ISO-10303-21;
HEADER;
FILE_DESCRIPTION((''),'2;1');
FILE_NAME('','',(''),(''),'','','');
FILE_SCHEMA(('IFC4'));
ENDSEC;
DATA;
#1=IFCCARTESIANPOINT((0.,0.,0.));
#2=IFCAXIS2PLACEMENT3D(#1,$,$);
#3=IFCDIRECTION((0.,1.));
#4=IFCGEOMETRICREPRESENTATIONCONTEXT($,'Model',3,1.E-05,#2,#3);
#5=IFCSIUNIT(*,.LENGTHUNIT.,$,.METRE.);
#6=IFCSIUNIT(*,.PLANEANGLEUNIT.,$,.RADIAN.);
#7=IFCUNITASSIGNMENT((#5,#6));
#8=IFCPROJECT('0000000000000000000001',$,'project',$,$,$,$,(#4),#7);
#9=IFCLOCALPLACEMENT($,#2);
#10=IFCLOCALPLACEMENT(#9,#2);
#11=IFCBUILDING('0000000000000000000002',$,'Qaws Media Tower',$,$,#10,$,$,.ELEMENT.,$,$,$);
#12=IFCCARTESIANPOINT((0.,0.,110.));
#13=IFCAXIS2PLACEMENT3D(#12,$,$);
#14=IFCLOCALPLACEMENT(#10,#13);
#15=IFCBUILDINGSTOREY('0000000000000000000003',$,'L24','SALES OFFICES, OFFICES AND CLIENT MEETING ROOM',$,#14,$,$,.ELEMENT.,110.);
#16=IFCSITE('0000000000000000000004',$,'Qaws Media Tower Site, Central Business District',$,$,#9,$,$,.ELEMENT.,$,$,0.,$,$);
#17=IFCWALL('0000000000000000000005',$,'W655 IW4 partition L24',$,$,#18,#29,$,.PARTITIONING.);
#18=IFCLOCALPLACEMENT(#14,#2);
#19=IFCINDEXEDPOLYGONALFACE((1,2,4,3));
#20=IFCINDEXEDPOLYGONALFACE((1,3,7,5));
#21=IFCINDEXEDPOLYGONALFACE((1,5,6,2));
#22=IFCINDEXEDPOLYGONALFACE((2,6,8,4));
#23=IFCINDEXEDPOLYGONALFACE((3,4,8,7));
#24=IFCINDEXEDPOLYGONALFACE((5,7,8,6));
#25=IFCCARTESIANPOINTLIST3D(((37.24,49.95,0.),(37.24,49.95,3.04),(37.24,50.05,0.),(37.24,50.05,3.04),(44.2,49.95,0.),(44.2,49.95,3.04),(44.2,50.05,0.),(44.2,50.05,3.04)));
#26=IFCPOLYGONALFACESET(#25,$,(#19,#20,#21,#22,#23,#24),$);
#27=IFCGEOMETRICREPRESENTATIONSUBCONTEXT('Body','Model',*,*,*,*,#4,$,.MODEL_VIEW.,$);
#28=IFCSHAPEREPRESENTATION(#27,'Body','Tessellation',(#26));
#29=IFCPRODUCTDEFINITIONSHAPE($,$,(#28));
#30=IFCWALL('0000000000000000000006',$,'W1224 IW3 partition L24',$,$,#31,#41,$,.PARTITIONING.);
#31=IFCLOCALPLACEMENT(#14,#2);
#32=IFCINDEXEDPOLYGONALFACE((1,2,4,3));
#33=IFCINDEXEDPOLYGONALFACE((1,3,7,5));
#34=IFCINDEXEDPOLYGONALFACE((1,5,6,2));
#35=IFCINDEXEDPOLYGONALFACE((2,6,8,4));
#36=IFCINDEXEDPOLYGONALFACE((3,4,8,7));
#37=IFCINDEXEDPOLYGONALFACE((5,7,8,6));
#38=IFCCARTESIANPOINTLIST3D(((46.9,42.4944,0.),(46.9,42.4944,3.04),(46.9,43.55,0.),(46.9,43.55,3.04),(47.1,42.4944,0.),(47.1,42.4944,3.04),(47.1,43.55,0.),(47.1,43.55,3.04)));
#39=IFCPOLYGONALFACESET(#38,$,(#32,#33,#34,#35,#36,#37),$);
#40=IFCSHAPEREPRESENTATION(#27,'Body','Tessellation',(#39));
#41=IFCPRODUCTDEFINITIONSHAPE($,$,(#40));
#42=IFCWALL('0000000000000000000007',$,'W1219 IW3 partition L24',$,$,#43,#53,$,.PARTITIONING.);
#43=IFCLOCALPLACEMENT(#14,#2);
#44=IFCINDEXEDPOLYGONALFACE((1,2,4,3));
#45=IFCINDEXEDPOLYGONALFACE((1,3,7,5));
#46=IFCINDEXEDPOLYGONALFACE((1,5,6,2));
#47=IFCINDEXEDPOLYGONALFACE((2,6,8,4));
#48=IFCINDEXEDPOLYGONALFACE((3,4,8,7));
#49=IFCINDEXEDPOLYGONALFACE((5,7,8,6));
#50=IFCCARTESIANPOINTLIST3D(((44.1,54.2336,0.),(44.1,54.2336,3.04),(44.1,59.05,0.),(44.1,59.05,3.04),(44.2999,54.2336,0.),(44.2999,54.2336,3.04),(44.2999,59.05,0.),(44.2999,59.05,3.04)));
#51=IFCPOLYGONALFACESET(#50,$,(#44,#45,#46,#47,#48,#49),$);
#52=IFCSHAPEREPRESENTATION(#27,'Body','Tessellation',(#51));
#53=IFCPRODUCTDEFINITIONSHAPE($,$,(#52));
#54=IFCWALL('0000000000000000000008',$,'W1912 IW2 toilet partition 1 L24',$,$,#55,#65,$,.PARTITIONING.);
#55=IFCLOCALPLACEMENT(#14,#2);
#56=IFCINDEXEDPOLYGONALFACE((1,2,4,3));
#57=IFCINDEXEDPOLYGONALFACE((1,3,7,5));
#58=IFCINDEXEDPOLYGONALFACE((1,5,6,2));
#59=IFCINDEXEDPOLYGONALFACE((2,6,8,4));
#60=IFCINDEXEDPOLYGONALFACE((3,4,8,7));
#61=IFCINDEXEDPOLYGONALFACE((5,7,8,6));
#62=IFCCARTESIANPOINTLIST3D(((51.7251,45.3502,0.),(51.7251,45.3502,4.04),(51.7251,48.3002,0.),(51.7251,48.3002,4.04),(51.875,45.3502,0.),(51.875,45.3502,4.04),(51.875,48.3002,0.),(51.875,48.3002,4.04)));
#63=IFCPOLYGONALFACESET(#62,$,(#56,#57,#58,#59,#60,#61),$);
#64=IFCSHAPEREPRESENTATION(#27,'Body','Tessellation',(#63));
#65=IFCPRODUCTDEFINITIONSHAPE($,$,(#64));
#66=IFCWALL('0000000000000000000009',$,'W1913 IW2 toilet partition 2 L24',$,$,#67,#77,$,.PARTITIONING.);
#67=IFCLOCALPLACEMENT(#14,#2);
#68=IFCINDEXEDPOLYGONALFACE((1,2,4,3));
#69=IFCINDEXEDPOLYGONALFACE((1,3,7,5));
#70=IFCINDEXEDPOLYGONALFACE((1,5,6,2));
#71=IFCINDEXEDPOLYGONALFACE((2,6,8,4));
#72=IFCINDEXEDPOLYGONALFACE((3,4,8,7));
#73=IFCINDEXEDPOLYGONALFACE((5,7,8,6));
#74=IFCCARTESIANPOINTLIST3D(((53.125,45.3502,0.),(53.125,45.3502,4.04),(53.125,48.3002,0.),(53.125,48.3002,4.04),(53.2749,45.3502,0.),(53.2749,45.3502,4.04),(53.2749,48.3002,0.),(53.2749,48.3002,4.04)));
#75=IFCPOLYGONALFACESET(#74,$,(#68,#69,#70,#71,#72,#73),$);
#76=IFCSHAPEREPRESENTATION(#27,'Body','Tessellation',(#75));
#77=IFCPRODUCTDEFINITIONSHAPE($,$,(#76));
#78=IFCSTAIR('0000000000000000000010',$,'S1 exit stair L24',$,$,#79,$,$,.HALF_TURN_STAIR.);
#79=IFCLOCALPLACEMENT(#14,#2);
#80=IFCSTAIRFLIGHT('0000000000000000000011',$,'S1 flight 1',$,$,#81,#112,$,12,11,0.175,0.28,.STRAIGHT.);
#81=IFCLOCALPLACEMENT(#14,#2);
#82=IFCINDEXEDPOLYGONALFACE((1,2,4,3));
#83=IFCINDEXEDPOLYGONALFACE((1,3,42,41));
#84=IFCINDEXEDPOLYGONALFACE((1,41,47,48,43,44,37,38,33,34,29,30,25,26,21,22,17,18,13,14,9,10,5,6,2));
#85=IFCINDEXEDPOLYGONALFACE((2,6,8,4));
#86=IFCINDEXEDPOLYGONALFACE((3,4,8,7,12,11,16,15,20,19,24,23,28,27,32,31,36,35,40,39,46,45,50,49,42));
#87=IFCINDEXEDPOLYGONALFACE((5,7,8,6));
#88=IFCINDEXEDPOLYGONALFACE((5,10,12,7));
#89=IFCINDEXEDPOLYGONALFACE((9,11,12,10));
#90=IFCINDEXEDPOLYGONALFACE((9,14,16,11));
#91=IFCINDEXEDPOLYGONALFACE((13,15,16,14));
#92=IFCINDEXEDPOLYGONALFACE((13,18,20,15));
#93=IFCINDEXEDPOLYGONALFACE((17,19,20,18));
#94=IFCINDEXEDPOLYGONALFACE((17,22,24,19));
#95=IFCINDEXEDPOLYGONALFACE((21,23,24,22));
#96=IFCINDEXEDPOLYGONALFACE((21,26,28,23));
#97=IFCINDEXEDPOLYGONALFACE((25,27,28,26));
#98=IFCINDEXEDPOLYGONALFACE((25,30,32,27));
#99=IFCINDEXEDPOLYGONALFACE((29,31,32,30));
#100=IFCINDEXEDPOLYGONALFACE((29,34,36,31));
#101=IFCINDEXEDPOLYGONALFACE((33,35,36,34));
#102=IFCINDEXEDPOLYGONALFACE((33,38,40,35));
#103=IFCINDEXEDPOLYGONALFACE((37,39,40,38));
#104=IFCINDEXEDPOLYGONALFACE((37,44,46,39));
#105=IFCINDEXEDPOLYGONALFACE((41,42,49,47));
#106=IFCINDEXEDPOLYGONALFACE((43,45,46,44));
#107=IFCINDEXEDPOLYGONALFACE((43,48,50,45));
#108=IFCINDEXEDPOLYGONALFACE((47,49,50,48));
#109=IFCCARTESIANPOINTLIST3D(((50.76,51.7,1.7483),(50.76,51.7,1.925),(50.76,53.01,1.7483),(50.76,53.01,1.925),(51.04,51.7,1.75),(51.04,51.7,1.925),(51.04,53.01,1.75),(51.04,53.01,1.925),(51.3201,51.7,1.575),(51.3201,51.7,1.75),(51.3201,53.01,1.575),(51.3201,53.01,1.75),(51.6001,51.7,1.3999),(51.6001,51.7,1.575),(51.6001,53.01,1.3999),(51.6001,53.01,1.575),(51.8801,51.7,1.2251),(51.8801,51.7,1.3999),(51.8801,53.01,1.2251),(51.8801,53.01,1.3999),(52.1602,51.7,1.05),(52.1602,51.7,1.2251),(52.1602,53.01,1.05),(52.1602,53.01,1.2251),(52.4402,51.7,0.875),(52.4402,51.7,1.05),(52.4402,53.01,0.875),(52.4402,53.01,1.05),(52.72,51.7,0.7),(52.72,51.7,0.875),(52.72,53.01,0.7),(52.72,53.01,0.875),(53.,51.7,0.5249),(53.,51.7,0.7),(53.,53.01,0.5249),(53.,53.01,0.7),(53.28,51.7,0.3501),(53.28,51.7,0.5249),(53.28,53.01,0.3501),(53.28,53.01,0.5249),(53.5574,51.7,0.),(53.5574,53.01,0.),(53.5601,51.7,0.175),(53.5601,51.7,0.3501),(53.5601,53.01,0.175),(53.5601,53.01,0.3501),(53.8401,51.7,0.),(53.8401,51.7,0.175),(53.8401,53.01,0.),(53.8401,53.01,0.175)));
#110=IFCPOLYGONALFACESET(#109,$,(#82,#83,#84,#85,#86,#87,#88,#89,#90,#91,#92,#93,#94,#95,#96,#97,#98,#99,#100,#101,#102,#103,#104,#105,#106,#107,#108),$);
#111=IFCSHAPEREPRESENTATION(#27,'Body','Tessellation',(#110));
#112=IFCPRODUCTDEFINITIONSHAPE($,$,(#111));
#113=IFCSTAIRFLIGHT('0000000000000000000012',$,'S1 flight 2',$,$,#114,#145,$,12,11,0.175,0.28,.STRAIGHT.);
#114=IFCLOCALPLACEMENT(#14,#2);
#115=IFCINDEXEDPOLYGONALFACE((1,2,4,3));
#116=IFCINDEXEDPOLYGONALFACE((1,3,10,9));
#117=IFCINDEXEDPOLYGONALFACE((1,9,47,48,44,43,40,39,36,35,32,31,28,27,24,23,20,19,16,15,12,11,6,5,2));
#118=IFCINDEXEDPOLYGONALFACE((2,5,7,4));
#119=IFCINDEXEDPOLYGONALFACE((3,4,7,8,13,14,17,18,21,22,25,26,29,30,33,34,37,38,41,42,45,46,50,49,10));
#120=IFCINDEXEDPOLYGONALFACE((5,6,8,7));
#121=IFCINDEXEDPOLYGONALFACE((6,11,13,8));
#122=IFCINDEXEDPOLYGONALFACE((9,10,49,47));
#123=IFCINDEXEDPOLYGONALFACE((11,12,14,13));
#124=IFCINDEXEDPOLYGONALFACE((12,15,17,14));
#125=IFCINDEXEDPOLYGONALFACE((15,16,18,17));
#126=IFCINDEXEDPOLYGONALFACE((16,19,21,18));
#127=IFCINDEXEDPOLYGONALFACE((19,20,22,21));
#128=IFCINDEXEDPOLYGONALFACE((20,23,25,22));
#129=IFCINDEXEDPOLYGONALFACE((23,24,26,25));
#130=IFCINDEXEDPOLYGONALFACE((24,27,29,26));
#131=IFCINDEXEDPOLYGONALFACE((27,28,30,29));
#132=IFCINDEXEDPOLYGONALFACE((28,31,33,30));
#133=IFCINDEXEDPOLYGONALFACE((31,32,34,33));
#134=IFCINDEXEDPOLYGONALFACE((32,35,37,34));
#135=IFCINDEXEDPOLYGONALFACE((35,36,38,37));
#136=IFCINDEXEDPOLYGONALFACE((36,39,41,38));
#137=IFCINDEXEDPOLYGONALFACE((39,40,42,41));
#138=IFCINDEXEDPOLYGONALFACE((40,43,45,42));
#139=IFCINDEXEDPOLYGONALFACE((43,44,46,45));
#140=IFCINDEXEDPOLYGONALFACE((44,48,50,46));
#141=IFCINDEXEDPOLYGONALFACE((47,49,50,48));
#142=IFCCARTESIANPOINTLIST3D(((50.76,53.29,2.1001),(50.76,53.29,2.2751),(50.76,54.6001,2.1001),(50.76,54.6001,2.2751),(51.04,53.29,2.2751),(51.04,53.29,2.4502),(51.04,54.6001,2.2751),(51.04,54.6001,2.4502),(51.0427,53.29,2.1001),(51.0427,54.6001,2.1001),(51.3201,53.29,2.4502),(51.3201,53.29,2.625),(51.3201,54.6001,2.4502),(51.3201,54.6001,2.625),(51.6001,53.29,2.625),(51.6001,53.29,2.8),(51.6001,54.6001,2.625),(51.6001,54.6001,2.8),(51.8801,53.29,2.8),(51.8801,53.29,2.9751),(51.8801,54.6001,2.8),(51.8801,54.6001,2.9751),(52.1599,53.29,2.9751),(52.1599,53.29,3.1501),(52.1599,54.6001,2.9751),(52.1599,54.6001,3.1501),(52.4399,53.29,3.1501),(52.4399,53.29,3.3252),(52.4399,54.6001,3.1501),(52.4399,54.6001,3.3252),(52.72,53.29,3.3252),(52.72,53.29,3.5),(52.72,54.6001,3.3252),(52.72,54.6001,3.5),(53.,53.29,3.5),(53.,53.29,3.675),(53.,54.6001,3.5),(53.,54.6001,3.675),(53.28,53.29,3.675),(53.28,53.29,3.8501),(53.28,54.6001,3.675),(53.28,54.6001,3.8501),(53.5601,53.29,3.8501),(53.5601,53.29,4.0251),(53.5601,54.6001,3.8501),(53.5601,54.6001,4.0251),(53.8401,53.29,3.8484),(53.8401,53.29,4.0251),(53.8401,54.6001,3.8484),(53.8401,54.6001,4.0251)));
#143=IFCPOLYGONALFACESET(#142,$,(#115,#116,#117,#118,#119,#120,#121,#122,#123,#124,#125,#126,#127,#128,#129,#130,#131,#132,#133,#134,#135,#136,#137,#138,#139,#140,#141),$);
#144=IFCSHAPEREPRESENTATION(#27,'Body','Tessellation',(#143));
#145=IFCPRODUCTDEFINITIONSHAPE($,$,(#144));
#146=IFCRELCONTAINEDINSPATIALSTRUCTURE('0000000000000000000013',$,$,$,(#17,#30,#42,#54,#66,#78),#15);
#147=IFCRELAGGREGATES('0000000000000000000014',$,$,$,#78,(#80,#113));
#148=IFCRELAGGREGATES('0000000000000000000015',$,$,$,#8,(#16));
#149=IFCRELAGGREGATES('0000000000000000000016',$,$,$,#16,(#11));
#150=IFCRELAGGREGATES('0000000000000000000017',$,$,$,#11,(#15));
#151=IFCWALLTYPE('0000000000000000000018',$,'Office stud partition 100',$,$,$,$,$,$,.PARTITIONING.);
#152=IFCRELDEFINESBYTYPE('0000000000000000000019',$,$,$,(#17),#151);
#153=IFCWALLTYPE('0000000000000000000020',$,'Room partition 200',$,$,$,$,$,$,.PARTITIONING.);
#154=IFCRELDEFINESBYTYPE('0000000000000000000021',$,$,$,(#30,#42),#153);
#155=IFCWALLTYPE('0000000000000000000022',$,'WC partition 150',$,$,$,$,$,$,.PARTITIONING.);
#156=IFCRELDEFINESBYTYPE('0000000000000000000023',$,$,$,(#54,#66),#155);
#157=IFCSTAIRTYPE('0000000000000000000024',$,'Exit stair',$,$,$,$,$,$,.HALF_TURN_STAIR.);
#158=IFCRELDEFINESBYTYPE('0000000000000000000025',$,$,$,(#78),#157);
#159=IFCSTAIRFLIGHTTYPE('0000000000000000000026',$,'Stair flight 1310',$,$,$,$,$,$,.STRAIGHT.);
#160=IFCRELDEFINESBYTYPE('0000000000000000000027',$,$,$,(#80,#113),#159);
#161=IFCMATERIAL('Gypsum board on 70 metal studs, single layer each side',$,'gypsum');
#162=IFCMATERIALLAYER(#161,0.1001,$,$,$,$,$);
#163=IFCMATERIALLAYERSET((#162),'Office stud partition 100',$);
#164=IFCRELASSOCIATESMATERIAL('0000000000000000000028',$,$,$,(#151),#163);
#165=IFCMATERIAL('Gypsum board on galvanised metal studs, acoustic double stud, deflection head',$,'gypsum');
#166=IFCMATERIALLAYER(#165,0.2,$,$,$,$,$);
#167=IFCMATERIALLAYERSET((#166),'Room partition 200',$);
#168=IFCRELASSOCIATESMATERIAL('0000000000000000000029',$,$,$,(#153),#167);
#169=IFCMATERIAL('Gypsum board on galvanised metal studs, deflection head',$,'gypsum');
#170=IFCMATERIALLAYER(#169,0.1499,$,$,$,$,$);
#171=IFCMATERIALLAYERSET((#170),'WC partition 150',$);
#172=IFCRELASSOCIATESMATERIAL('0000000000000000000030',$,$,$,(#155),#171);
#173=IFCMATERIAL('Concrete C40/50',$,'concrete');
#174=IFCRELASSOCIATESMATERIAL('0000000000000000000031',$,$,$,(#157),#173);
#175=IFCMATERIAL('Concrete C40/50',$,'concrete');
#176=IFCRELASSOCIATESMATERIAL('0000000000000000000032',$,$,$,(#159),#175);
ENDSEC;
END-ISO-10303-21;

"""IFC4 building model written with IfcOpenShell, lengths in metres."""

from ifc_helpers import new_model, si_unit, direction, frame, frame_2d, origin, place, context, subcontext, project, spatial, polyline, rectangle, outline, extrude, material, layer, layer_set, type_object, element, aggregate, save


model = new_model("IFC4")

# Units and contexts
model_context = context("Model", 3, precision=1e-05, world=origin(), true_north=direction((0.0, 1.0)))
body_context = subcontext(model_context, "Body", "Model", "MODEL_VIEW")
ifc_project = project(units=[si_unit("LENGTHUNIT", "METRE"), si_unit("PLANEANGLEUNIT", "RADIAN")], contexts=[model_context])

# Site, building, storey
site_placement = place(None, origin())
site = spatial("IfcSite", under=ifc_project, at=site_placement, Name="Qaws Media Tower Site, Central Business District", CompositionType="ELEMENT", RefElevation=0.0)
building_placement = place(site_placement, origin())
building = spatial("IfcBuilding", under=site, at=building_placement, Name="Qaws Media Tower", CompositionType="ELEMENT")
storey_placement = place(building_placement, frame((0.0, 0.0, 110.0)))
storey = spatial("IfcBuildingStorey", under=building, at=storey_placement, Name="L24", Description="SALES OFFICES, OFFICES AND CLIENT MEETING ROOM", CompositionType="ELEMENT", Elevation=110.0)

# Walls
ifc_material_1 = material(Name="Gypsum board on 70 metal studs, single layer each side", Category="gypsum")
ifc_layer_1 = layer(ifc_material_1, 0.1001)
ifc_layer_set_1 = layer_set([ifc_layer_1], Name="Office stud partition 100")
wall_type_1 = type_object("IfcWallType", Name="Office stud partition 100", PredefinedType="PARTITIONING", material=ifc_layer_set_1)
wall_1_placement = place(storey_placement, frame((44.2, 50.0, 0.0), z_axis=(0.0, 0.0, 1.0), x_axis=(-1.0, 0.0, 0.0)))
element("IfcWall", 1, at=wall_1_placement, inside=storey, type_object=wall_type_1, Name="W655 IW4 partition L24", PredefinedType="PARTITIONING", context=body_context, shape_type="SweptSolid", body=[
    extrude(rectangle(XDim=6.96, YDim=0.1001, at=frame_2d((3.48, 0.0))), origin(), (0.0, 0.0, 1.0), 3.04),
])
ifc_material_2 = material(Name="Gypsum board on galvanised metal studs, acoustic double stud, deflection head", Category="gypsum")
ifc_layer_2 = layer(ifc_material_2, 0.2)
ifc_layer_set_2 = layer_set([ifc_layer_2], Name="Room partition 200")
wall_type_2 = type_object("IfcWallType", Name="Room partition 200", PredefinedType="PARTITIONING", material=ifc_layer_set_2)
wall_2_placement = place(storey_placement, frame((47.0, 43.55, 0.0), z_axis=(0.0, 0.0, 1.0), x_axis=(0.0, -1.0, 0.0)))
element("IfcWall", 2, at=wall_2_placement, inside=storey, type_object=wall_type_2, Name="W1224 IW3 partition L24", PredefinedType="PARTITIONING", context=body_context, shape_type="SweptSolid", body=[
    extrude(rectangle(XDim=1.0557, YDim=0.2, at=frame_2d((0.5278, 0.0))), origin(), (0.0, 0.0, 1.0), 3.04),
])
wall_3_placement = place(storey_placement, frame((44.2, 54.2336, 0.0), z_axis=(0.0, 0.0, 1.0), x_axis=(0.0, 1.0, 0.0)))
element("IfcWall", 3, at=wall_3_placement, inside=storey, type_object=wall_type_2, Name="W1219 IW3 partition L24", PredefinedType="PARTITIONING", context=body_context, shape_type="SweptSolid", body=[
    extrude(rectangle(XDim=4.8164, YDim=0.2, at=frame_2d((2.4082, 0.0))), origin(), (0.0, 0.0, 1.0), 3.04),
])
ifc_material_3 = material(Name="Gypsum board on galvanised metal studs, deflection head", Category="gypsum")
ifc_layer_3 = layer(ifc_material_3, 0.1499)
ifc_layer_set_3 = layer_set([ifc_layer_3], Name="WC partition 150")
wall_type_3 = type_object("IfcWallType", Name="WC partition 150", PredefinedType="PARTITIONING", material=ifc_layer_set_3)
for number, where, z_axis, x_axis, name in (
    (4, (51.8, 45.3501, 0.0), (0.0, 0.0, 1.0), (0.0, 1.0, 0.0), "W1912 IW2 toilet partition 1 L24"),
    (5, (53.2, 45.3501, 0.0), (0.0, 0.0, 1.0), (0.0, 1.0, 0.0), "W1913 IW2 toilet partition 2 L24"),
):
    element("IfcWall", number, at=place(storey_placement, frame(where, z_axis=z_axis, x_axis=x_axis)), inside=storey, type_object=wall_type_3, Name=name, PredefinedType="PARTITIONING", context=body_context, shape_type="SweptSolid", body=[
        extrude(rectangle(XDim=2.95, YDim=0.1499, at=frame_2d((1.4751, 0.0))), origin(), (0.0, 0.0, 1.0), 4.04),
    ])

# Stair, stair flights
ifc_material_4 = material(Name="Concrete C40/50", Category="concrete")
stair_type = type_object("IfcStairType", Name="Exit stair", PredefinedType="HALF_TURN_STAIR", material=ifc_material_4)
stair_placement = place(storey_placement, origin())
stair = element("IfcStair", 6, at=stair_placement, inside=storey, type_object=stair_type, Name="S1 exit stair L24", PredefinedType="HALF_TURN_STAIR")
ifc_material_5 = material(Name="Concrete C40/50", Category="concrete")
stair_flight_type = type_object("IfcStairFlightType", Name="Stair flight 1310", PredefinedType="STRAIGHT", material=ifc_material_5)
stair_flight_1_placement = place(storey_placement, frame((53.8401, 52.355, 0.0), z_axis=(0.0, 0.0, 1.0), x_axis=(-1.0, 0.0, 0.0)))
stair_flight_1 = element("IfcStairFlight", 7, at=stair_flight_1_placement, type_object=stair_flight_type, Name="S1 flight 1", NumberOfRisers=12, NumberOfTreads=11, PredefinedType="STRAIGHT", RiserHeight=0.175, TreadLength=0.28, context=body_context, shape_type="SweptSolid", body=[
    extrude(outline(polyline([(0.0, 0.0), (0.0, 0.175), (0.28, 0.175), (0.28, 0.3501), (0.5601, 0.3501), (0.5601, 0.5249), (0.8401, 0.5249), (0.8401, 0.7), (1.1201, 0.7), (1.1201, 0.875), (1.3999, 0.875), (1.3999, 1.05), (1.6799, 1.05), (1.6799, 1.2251), (1.96, 1.2251), (1.96, 1.3999), (2.24, 1.3999), (2.24, 1.575), (2.52, 1.575), (2.52, 1.75), (2.8, 1.75), (2.8, 1.925), (3.0801, 1.925), (3.0801, 2.1001), (3.0801, 1.7483), (0.2827, 0.0), (0.0, 0.0)])), frame((0.0, 0.655, 0.0), z_axis=(0.0, -1.0, 0.0), x_axis=(1.0, 0.0, 0.0)), (0.0, 0.0, 1.0), 1.3101),
])
stair_flight_2_placement = place(storey_placement, frame((50.76, 53.9451, 2.1001), z_axis=(0.0, 0.0, 1.0), x_axis=(1.0, 0.0, 0.0)))
stair_flight_2 = element("IfcStairFlight", 8, at=stair_flight_2_placement, type_object=stair_flight_type, Name="S1 flight 2", NumberOfRisers=12, NumberOfTreads=11, PredefinedType="STRAIGHT", RiserHeight=0.175, TreadLength=0.28, context=body_context, shape_type="SweptSolid", body=[
    extrude(outline(polyline([(0.0, 0.0), (0.0, 0.175), (0.28, 0.175), (0.28, 0.3501), (0.5601, 0.3501), (0.5601, 0.5249), (0.8401, 0.5249), (0.8401, 0.7), (1.1201, 0.7), (1.1201, 0.875), (1.3999, 0.875), (1.3999, 1.05), (1.6799, 1.05), (1.6799, 1.2251), (1.96, 1.2251), (1.96, 1.3999), (2.24, 1.3999), (2.24, 1.575), (2.52, 1.575), (2.52, 1.75), (2.8, 1.75), (2.8, 1.925), (3.0801, 1.925), (3.0801, 2.1001), (3.0801, 1.7483), (0.2827, 0.0), (0.0, 0.0)])), frame((0.0, 0.655, 0.0), z_axis=(0.0, -1.0, 0.0), x_axis=(1.0, 0.0, 0.0)), (0.0, 0.0, 1.0), 1.3101),
])
aggregate(stair, [stair_flight_1, stair_flight_2])

save(model, "model.ifc")
